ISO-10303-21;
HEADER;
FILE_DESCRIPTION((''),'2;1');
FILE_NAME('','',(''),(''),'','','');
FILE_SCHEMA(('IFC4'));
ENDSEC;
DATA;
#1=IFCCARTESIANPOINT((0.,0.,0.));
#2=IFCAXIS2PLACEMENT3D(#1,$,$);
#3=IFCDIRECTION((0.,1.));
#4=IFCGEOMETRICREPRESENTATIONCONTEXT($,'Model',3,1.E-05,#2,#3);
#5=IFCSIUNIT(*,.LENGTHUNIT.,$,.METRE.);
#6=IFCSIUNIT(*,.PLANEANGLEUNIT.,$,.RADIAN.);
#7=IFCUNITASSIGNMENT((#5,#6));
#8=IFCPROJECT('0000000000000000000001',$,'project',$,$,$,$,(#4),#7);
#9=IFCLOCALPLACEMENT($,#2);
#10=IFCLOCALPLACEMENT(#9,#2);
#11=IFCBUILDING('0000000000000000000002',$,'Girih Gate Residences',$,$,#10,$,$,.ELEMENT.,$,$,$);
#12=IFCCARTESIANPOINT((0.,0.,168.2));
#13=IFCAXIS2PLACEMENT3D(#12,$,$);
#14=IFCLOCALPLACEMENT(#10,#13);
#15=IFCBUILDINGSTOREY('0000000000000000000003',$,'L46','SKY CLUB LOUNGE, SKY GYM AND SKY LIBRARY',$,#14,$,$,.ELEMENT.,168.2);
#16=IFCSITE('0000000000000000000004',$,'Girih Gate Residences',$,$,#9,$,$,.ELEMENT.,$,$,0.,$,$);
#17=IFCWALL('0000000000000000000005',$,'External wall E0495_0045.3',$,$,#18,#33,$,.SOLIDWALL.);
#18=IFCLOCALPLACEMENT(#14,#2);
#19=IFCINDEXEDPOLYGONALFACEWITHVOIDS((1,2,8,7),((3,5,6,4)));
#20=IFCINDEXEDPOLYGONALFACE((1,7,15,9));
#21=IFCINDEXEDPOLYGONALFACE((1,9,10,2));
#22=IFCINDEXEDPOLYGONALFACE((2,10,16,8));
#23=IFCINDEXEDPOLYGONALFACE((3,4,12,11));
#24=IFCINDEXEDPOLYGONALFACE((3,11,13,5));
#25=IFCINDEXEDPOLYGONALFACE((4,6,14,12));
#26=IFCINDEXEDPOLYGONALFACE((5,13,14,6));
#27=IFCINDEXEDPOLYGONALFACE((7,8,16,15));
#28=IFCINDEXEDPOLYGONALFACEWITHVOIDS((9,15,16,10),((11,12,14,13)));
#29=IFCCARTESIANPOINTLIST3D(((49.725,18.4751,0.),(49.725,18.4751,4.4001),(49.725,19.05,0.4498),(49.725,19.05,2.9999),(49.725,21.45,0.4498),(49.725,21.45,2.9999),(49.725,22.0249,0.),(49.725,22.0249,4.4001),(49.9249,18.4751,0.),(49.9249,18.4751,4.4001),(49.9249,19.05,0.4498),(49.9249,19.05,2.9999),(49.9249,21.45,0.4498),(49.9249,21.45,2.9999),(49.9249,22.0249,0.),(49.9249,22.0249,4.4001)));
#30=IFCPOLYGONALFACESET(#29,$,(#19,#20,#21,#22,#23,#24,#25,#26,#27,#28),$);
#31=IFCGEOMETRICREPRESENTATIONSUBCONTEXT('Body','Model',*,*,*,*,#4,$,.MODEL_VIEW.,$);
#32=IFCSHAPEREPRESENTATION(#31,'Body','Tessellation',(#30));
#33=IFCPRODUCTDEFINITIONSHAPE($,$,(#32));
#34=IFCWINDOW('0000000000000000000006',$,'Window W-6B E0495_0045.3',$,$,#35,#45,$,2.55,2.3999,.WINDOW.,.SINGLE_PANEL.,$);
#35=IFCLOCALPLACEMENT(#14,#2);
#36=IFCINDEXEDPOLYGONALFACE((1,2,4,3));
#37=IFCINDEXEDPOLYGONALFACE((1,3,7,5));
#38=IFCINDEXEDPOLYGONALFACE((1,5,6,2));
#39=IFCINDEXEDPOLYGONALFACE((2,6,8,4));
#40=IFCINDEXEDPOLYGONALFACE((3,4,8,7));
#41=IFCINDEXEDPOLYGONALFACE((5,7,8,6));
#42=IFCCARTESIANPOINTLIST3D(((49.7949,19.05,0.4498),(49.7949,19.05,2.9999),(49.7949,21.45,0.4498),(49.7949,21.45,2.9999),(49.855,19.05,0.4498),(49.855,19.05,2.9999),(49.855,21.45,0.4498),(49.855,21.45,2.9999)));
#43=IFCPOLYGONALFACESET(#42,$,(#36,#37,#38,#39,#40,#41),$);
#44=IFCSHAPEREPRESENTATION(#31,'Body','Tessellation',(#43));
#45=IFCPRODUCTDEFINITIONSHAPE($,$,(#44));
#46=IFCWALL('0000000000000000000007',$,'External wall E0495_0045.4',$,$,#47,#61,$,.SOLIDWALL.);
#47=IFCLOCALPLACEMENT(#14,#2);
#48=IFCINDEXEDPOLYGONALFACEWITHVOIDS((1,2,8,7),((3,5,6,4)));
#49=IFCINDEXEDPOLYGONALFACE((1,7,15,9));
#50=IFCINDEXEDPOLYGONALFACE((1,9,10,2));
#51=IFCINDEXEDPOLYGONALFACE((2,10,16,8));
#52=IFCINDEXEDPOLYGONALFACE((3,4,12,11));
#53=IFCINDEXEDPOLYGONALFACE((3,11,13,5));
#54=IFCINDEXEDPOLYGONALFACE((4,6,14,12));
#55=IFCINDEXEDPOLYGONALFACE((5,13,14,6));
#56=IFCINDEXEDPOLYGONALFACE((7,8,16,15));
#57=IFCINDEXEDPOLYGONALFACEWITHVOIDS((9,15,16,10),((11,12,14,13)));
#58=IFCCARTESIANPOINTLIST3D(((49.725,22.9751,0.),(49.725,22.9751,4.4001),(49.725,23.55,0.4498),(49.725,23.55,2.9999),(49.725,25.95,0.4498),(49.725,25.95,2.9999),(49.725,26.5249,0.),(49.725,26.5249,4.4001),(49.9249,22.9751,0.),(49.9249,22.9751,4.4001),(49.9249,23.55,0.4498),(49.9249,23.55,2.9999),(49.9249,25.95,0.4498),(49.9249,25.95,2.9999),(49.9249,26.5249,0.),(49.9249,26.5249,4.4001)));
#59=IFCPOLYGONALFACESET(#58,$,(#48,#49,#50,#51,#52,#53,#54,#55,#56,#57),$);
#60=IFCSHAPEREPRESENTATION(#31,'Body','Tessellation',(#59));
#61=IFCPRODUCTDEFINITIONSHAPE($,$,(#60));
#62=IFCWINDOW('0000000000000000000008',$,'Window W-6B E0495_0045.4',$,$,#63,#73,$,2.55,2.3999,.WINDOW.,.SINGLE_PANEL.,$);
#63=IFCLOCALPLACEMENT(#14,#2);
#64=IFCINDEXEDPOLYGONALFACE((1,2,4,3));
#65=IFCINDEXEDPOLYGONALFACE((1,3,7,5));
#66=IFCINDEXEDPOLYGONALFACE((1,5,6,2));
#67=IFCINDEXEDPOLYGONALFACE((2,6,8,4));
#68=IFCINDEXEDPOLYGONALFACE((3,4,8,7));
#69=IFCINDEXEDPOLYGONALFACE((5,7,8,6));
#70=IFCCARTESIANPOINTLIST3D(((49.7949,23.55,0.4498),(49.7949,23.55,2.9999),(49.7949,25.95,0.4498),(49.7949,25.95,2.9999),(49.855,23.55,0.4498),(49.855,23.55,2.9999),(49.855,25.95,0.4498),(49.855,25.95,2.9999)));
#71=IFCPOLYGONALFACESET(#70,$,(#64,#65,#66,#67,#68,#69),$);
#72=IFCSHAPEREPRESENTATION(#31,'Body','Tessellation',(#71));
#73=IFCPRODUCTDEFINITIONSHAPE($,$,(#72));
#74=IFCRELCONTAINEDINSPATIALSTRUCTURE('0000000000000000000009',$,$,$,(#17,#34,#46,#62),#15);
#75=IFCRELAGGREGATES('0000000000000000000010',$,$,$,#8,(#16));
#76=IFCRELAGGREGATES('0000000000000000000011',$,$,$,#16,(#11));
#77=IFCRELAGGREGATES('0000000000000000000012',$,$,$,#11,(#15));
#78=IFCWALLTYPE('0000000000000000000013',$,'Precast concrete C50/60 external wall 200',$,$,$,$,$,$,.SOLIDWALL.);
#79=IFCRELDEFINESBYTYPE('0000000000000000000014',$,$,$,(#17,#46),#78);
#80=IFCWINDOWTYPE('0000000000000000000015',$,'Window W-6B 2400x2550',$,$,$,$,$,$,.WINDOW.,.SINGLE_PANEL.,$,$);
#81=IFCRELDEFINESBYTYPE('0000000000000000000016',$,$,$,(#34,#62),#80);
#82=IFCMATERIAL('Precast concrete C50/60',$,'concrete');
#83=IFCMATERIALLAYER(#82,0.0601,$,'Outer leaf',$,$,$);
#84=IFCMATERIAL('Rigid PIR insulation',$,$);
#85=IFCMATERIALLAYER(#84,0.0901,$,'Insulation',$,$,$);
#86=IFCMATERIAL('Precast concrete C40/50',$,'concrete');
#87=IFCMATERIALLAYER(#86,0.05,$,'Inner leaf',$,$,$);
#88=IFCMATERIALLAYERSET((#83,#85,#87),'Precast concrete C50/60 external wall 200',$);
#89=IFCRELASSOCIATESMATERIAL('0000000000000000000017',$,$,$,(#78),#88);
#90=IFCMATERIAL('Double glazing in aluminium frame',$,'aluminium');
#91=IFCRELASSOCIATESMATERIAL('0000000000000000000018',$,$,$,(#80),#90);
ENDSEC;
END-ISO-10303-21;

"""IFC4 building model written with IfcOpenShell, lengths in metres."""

from ifc_helpers import new_model, si_unit, direction, frame, frame_2d, origin, place, context, subcontext, project, spatial, rectangle, extrude, material, layer, layer_set, type_object, element, fill, save


model = new_model("IFC4")

# Units and contexts
model_context = context("Model", 3, precision=1e-05, world=origin(), true_north=direction((0.0, 1.0)))
body_context = subcontext(model_context, "Body", "Model", "MODEL_VIEW")
ifc_project = project(units=[si_unit("LENGTHUNIT", "METRE"), si_unit("PLANEANGLEUNIT", "RADIAN")], contexts=[model_context])

# Site, building, storey
site_placement = place(None, origin())
site = spatial("IfcSite", under=ifc_project, at=site_placement, Name="Girih Gate Residences", CompositionType="ELEMENT", RefElevation=0.0)
building_placement = place(site_placement, origin())
building = spatial("IfcBuilding", under=site, at=building_placement, Name="Girih Gate Residences", CompositionType="ELEMENT")
storey_placement = place(building_placement, frame((0.0, 0.0, 168.2)))
storey = spatial("IfcBuildingStorey", under=building, at=storey_placement, Name="L46", Description="SKY CLUB LOUNGE, SKY GYM AND SKY LIBRARY", CompositionType="ELEMENT", Elevation=168.2)

# Walls, openings, windows
ifc_material_1 = material(Name="Precast concrete C50/60", Category="concrete")
ifc_layer_1 = layer(ifc_material_1, 0.0601, Name="Outer leaf")
ifc_material_2 = material(Name="Rigid PIR insulation")
ifc_layer_2 = layer(ifc_material_2, 0.0901, Name="Insulation")
ifc_material_3 = material(Name="Precast concrete C40/50", Category="concrete")
ifc_layer_3 = layer(ifc_material_3, 0.05, Name="Inner leaf")
ifc_layer_set_1 = layer_set([ifc_layer_1, ifc_layer_2, ifc_layer_3], Name="Precast concrete C50/60 external wall 200")
wall_type_1 = type_object("IfcWallType", Name="Precast concrete C50/60 external wall 200", PredefinedType="SOLIDWALL", material=ifc_layer_set_1)
ifc_material_4 = material(Name="Double glazing in aluminium frame", Category="aluminium")
window_type = type_object("IfcWindowType", Name="Window W-6B 2400x2550", PartitioningType="SINGLE_PANEL", PredefinedType="WINDOW", material=ifc_material_4)
wall_1_placement = place(storey_placement, frame((49.825, 22.0249, 0.0), z_axis=(0.0, 0.0, 1.0), x_axis=(0.0, -1.0, 0.0)))
wall_1 = element("IfcWall", 1, at=wall_1_placement, inside=storey, type_object=wall_type_1, Name="External wall E0495_0045.3", PredefinedType="SOLIDWALL", context=body_context, shape_type="SweptSolid", body=[
    extrude(rectangle(XDim=3.5498, YDim=0.2, at=frame_2d((1.7749, 0.0))), origin(), (0.0, 0.0, 1.0), 4.4001),
])
opening_1_placement = place(wall_1_placement, frame((0.575, 0.0, 0.45)))
opening_1 = element("IfcOpeningElement", 2, at=opening_1_placement, cuts=wall_1, PredefinedType="OPENING", context=body_context, shape_type="SweptSolid", body=[
    extrude(rectangle(XDim=2.3999, YDim=2.55, at=frame_2d((1.2, 1.2749))), frame((0.0, 0.1099, 0.0), z_axis=(0.0, -1.0, 0.0), x_axis=(1.0, 0.0, 0.0)), (0.0, 0.0, 1.0), 0.22),
])
window_1_placement = place(opening_1_placement, origin())
window_1 = element("IfcWindow", 3, at=window_1_placement, inside=storey, type_object=window_type, Name="Window W-6B E0495_0045.3", OverallHeight=2.55, OverallWidth=2.3999, PartitioningType="SINGLE_PANEL", PredefinedType="WINDOW", context=body_context, shape_type="SweptSolid", body=[
    extrude(rectangle(XDim=2.3999, YDim=2.55, at=frame_2d((1.2, 1.2749))), frame((0.0, 0.03, 0.0), z_axis=(0.0, -1.0, 0.0), x_axis=(1.0, 0.0, 0.0)), (0.0, 0.0, 1.0), 0.0601),
])
fill(opening_1, window_1)
wall_2_placement = place(storey_placement, frame((49.825, 26.5249, 0.0), z_axis=(0.0, 0.0, 1.0), x_axis=(0.0, -1.0, 0.0)))
wall_2 = element("IfcWall", 4, at=wall_2_placement, inside=storey, type_object=wall_type_1, Name="External wall E0495_0045.4", PredefinedType="SOLIDWALL", context=body_context, shape_type="SweptSolid", body=[
    extrude(rectangle(XDim=3.5498, YDim=0.2, at=frame_2d((1.7749, 0.0))), origin(), (0.0, 0.0, 1.0), 4.4001),
])
opening_2_placement = place(wall_2_placement, frame((0.575, 0.0, 0.45)))
opening_2 = element("IfcOpeningElement", 5, at=opening_2_placement, cuts=wall_2, PredefinedType="OPENING", context=body_context, shape_type="SweptSolid", body=[
    extrude(rectangle(XDim=2.3999, YDim=2.55, at=frame_2d((1.2, 1.2749))), frame((0.0, 0.1099, 0.0), z_axis=(0.0, -1.0, 0.0), x_axis=(1.0, 0.0, 0.0)), (0.0, 0.0, 1.0), 0.22),
])
window_2_placement = place(opening_2_placement, origin())
window_2 = element("IfcWindow", 6, at=window_2_placement, inside=storey, type_object=window_type, Name="Window W-6B E0495_0045.4", OverallHeight=2.55, OverallWidth=2.3999, PartitioningType="SINGLE_PANEL", PredefinedType="WINDOW", context=body_context, shape_type="SweptSolid", body=[
    extrude(rectangle(XDim=2.3999, YDim=2.55, at=frame_2d((1.2, 1.2749))), frame((0.0, 0.03, 0.0), z_axis=(0.0, -1.0, 0.0), x_axis=(1.0, 0.0, 0.0)), (0.0, 0.0, 1.0), 0.0601),
])
fill(opening_2, window_2)

save(model, "model.ifc")
